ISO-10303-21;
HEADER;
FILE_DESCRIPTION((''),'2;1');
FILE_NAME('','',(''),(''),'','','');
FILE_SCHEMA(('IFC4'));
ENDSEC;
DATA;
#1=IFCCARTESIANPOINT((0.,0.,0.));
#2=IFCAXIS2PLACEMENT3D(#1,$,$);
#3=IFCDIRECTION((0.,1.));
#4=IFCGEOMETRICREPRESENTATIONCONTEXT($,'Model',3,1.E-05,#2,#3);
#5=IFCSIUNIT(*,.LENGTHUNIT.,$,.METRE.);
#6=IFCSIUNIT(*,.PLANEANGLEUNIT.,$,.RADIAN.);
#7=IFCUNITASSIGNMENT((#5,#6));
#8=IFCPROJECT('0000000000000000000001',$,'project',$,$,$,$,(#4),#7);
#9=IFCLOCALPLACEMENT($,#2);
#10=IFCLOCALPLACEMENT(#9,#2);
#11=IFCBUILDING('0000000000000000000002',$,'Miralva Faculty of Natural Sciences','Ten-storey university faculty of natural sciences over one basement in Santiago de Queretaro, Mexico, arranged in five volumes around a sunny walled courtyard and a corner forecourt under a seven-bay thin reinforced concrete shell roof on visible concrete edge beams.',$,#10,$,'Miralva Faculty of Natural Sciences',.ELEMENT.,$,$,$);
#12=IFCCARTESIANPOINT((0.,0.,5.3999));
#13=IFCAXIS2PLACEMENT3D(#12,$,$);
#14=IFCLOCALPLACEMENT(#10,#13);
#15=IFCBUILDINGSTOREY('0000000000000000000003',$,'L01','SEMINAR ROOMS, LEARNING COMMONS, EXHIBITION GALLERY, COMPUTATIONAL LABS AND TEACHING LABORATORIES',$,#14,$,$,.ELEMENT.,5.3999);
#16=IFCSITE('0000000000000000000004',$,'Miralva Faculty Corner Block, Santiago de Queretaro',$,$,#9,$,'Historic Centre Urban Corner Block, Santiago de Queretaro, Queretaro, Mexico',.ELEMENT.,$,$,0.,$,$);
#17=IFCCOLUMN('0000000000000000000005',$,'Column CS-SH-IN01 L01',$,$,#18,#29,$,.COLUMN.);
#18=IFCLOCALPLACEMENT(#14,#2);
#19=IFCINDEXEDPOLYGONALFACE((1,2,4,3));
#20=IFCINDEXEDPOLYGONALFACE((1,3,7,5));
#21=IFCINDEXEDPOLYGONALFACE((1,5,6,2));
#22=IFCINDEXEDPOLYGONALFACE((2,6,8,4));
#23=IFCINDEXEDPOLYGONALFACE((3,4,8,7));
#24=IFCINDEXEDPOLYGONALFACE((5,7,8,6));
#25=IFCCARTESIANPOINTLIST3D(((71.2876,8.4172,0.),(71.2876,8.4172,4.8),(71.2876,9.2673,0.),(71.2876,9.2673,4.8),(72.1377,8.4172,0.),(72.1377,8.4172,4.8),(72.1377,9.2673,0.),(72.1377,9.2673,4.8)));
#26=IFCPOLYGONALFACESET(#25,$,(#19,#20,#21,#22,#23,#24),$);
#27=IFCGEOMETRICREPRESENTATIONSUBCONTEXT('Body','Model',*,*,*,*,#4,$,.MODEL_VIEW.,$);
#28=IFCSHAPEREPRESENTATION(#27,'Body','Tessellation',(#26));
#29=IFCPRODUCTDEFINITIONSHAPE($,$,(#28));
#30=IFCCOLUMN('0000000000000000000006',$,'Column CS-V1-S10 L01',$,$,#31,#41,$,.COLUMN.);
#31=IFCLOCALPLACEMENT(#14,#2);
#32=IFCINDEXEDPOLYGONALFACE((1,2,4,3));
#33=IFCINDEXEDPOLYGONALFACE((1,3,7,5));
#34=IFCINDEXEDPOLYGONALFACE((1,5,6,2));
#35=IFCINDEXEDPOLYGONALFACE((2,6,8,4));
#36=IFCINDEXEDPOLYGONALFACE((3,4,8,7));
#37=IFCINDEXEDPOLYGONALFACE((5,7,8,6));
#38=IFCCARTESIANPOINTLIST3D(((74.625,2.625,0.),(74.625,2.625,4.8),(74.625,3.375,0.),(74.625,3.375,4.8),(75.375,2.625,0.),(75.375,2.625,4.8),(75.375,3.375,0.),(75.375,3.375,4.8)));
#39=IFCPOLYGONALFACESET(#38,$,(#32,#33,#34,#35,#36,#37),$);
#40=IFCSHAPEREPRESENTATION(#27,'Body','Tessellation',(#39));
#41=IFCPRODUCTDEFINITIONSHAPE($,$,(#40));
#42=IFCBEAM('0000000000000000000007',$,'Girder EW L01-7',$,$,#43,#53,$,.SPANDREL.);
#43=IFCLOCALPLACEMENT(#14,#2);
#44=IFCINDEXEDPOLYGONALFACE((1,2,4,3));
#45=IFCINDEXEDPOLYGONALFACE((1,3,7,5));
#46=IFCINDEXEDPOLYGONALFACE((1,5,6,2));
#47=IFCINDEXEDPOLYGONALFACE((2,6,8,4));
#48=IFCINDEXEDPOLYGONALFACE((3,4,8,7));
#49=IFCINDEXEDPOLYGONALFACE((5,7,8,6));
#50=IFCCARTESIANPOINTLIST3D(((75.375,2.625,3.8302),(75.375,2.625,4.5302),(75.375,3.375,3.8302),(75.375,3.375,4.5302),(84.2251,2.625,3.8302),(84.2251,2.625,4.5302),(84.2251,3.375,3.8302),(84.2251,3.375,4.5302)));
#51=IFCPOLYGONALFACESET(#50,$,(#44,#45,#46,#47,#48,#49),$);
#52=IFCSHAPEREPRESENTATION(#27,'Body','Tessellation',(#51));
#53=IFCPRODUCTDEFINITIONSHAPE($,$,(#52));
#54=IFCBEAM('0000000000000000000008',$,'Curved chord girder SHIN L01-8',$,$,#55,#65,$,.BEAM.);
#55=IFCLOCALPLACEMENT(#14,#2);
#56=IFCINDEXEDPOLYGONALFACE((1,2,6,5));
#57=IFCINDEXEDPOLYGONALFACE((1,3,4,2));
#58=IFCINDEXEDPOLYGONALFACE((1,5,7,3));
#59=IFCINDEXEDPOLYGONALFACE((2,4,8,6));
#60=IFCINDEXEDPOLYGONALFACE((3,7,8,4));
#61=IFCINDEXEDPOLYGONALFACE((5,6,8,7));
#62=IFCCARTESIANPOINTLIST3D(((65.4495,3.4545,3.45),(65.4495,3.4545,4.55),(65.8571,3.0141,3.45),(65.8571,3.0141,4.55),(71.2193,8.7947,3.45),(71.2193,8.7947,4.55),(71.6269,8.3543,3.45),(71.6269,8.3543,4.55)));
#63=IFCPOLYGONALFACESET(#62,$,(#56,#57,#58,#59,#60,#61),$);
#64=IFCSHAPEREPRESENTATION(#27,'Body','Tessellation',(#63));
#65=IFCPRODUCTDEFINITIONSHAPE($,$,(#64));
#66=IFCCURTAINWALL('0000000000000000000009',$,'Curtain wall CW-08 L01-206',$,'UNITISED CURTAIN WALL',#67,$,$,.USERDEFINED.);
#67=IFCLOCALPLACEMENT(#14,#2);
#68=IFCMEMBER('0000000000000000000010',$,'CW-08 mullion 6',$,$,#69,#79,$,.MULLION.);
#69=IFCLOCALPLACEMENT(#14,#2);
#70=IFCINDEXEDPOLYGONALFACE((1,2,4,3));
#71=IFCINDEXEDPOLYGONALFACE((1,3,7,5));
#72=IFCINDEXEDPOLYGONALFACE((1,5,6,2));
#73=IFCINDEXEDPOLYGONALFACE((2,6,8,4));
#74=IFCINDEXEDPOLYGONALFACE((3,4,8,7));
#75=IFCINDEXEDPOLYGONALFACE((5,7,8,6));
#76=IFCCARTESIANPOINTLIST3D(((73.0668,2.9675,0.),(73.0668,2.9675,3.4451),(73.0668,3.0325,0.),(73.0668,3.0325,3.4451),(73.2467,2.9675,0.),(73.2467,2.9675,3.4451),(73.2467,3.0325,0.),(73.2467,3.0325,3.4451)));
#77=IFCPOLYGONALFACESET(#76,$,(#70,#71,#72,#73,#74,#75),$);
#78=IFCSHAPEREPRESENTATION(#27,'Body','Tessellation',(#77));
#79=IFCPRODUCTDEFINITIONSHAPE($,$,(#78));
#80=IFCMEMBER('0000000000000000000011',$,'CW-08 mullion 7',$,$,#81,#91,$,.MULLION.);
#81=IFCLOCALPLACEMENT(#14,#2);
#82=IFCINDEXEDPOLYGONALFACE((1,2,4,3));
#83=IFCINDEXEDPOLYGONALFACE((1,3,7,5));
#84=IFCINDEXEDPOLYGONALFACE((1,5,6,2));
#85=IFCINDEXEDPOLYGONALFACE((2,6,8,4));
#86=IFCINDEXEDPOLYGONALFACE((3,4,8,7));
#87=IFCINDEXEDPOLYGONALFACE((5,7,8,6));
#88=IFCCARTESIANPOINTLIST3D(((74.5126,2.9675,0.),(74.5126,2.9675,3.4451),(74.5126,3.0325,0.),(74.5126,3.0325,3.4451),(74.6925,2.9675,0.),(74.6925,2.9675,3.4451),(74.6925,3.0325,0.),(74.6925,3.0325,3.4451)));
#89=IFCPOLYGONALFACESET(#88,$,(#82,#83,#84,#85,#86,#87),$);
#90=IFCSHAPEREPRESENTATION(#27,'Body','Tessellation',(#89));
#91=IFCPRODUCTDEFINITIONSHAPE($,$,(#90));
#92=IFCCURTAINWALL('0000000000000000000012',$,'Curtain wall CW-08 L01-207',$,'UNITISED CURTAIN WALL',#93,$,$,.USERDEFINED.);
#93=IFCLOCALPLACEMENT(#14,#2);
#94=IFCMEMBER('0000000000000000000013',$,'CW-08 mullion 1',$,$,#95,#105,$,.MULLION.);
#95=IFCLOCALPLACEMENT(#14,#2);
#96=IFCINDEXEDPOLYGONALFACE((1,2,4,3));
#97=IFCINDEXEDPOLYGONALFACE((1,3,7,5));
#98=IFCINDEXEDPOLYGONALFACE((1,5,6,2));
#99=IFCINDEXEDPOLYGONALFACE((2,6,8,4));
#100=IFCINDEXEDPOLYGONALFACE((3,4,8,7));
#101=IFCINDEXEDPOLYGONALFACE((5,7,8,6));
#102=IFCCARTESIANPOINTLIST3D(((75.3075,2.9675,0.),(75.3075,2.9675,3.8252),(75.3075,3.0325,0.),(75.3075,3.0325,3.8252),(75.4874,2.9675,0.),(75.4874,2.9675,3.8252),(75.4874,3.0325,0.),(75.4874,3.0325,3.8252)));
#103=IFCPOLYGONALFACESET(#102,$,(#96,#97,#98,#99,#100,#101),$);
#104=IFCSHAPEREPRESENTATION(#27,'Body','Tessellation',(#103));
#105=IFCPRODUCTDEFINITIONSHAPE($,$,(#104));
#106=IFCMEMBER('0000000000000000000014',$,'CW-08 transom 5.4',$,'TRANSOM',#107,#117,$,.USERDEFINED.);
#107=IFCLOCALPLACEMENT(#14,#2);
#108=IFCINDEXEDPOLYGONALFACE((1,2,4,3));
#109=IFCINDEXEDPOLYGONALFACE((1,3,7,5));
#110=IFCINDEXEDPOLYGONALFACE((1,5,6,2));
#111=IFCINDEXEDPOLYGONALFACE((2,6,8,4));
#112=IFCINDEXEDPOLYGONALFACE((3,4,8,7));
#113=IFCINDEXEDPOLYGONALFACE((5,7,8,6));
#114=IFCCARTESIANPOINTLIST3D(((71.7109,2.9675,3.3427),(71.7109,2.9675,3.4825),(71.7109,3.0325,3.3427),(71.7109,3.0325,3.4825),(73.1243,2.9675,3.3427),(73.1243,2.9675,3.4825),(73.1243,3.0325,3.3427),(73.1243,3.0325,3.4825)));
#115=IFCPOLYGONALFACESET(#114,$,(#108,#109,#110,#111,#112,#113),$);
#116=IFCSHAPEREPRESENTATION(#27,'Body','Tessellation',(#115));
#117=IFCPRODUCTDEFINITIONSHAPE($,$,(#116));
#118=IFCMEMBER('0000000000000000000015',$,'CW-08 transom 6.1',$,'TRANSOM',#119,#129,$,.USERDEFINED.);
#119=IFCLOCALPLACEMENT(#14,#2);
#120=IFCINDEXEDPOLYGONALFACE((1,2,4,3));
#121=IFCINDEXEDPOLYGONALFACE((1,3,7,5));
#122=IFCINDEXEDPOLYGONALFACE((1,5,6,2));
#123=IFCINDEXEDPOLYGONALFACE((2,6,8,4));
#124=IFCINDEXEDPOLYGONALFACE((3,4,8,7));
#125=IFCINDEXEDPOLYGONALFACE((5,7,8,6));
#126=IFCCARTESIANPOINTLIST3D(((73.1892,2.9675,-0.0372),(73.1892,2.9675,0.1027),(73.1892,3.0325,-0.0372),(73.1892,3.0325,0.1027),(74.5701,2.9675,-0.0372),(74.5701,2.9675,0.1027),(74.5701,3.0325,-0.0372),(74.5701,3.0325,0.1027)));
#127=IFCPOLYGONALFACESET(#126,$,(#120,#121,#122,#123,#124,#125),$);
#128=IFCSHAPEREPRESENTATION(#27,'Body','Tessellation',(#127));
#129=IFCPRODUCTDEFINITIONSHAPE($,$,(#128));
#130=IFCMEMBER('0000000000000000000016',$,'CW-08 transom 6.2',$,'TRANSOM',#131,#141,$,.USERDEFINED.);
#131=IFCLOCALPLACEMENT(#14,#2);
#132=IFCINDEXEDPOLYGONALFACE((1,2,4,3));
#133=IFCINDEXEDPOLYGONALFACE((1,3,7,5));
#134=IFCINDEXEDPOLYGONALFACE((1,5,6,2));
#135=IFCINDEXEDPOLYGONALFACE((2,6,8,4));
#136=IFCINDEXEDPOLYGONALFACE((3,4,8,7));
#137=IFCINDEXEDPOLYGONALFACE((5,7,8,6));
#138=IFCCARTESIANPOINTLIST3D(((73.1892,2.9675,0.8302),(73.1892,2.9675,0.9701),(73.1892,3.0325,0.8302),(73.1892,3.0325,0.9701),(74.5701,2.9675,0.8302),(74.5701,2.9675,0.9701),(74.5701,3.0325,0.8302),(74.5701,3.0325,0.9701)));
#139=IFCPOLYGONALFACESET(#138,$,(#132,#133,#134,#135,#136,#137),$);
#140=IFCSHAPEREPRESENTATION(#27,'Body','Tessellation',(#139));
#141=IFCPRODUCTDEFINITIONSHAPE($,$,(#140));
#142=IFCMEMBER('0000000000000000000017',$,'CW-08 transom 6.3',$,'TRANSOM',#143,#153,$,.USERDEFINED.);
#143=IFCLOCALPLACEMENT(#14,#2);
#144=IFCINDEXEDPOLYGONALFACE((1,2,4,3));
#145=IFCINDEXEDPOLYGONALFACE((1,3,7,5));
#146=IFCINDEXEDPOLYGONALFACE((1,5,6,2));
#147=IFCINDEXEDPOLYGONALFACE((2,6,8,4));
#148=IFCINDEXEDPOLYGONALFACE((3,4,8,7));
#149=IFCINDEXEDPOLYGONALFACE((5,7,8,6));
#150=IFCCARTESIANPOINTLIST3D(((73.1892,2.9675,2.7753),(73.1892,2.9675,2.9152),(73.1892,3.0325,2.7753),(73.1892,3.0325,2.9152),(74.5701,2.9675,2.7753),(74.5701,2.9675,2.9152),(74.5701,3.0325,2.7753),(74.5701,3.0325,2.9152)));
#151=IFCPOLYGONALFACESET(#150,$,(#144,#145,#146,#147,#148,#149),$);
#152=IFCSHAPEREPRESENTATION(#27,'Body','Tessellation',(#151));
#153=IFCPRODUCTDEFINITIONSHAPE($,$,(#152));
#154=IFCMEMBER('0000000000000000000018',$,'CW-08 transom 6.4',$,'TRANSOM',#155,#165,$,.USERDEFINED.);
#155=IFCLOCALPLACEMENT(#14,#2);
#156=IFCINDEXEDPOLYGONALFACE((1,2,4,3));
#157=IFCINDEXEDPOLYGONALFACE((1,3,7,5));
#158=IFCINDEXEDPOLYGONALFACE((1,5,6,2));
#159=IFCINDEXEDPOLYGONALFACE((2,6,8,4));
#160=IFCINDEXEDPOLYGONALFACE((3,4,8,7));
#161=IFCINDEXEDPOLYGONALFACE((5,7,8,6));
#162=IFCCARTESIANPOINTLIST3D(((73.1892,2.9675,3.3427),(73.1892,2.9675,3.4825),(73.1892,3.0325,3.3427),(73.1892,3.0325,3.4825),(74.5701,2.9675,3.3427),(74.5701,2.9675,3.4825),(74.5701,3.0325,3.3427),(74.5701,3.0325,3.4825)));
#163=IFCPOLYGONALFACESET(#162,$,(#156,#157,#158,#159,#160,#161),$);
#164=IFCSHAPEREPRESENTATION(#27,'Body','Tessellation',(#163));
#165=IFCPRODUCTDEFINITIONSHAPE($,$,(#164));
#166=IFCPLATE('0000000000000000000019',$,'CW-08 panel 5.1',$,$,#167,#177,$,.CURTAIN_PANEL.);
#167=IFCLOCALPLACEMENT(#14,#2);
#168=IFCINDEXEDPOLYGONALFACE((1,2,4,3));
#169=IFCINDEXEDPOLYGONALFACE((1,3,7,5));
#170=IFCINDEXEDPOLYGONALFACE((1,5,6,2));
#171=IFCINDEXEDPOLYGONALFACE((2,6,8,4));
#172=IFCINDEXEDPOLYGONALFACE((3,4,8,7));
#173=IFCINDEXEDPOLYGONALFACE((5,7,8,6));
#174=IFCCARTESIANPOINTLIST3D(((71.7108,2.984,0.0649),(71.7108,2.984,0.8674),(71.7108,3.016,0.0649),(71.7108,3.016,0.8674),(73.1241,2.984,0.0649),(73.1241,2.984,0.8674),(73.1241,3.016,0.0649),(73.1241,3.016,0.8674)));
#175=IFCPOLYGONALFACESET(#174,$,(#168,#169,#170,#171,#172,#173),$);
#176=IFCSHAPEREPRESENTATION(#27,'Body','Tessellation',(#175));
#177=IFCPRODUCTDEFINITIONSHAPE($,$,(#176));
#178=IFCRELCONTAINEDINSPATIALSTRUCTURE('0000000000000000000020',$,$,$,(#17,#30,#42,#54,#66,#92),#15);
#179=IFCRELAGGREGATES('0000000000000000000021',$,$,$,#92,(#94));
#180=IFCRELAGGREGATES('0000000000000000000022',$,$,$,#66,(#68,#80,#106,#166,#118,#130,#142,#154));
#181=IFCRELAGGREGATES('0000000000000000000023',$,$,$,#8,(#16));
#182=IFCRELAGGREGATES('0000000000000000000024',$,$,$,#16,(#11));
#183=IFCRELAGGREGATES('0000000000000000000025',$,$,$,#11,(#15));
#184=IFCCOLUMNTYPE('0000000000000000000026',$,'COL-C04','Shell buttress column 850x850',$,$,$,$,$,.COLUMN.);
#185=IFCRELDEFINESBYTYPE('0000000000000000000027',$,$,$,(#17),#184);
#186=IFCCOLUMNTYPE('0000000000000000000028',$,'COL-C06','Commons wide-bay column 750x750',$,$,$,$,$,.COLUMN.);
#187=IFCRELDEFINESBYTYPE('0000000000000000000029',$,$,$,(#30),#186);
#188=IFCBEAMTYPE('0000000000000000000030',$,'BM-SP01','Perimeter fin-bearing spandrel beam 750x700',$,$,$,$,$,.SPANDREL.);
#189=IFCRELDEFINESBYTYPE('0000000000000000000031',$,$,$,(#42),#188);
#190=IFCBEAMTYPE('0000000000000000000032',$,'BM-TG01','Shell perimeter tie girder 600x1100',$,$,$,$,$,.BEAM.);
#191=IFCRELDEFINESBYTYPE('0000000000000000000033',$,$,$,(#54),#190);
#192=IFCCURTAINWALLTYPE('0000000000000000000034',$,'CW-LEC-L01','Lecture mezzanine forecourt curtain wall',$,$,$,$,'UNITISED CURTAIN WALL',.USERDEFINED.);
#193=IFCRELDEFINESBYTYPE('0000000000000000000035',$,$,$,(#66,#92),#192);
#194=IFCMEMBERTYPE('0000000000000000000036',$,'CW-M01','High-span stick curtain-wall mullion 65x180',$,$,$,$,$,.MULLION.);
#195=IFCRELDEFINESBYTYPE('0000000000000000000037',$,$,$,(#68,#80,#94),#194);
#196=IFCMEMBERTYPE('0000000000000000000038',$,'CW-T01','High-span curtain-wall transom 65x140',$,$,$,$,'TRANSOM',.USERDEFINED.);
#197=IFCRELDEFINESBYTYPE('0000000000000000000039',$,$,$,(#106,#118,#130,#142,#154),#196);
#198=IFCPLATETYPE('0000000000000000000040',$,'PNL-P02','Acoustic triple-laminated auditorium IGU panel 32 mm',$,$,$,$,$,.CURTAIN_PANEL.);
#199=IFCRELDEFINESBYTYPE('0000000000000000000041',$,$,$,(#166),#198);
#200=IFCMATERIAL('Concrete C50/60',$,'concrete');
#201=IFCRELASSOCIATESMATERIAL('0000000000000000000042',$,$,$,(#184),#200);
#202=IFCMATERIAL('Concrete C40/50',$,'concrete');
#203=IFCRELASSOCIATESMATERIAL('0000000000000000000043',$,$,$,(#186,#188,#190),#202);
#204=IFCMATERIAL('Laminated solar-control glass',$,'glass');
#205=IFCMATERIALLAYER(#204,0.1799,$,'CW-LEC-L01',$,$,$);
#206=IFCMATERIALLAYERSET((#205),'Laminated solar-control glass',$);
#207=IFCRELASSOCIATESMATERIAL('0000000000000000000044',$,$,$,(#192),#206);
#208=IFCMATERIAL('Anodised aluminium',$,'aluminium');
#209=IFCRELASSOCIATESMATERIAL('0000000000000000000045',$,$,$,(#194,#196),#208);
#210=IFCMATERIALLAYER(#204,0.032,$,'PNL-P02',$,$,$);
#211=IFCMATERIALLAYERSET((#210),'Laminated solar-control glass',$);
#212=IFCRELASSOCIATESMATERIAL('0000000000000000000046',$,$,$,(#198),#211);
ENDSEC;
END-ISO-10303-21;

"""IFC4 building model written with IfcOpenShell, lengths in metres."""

from ifc_helpers import new_model, si_unit, direction, frame, origin, origin_2d, place, context, subcontext, project, spatial, rectangle, extrude, material, layer, layer_set, material_profile, profile_set, type_object, element, aggregate, save


model = new_model("IFC4")

# Units and contexts
model_context = context("Model", 3, precision=1e-05, world=origin(), true_north=direction((0.0, 1.0)))
body_context = subcontext(model_context, "Body", "Model", "MODEL_VIEW")
ifc_project = project(units=[si_unit("LENGTHUNIT", "METRE"), si_unit("PLANEANGLEUNIT", "RADIAN")], contexts=[model_context])

# Site, building, storey
site_placement = place(None, origin())
site = spatial("IfcSite", under=ifc_project, at=site_placement, Name="Miralva Faculty Corner Block, Santiago de Queretaro", LongName="Historic Centre Urban Corner Block, Santiago de Queretaro, Queretaro, Mexico", CompositionType="ELEMENT", RefElevation=0.0)
building_placement = place(site_placement, origin())
building = spatial("IfcBuilding", under=site, at=building_placement, Name="Miralva Faculty of Natural Sciences", Description="Ten-storey university faculty of natural sciences over one basement in Santiago de Queretaro, Mexico, arranged in five volumes around a sunny walled courtyard and a corner forecourt under a seven-bay thin reinforced concrete shell roof on visible concrete edge beams.", LongName="Miralva Faculty of Natural Sciences", CompositionType="ELEMENT")
storey_placement = place(building_placement, frame((0.0, 0.0, 5.3999)))
storey = spatial("IfcBuildingStorey", under=building, at=storey_placement, Name="L01", Description="SEMINAR ROOMS, LEARNING COMMONS, EXHIBITION GALLERY, COMPUTATIONAL LABS AND TEACHING LABORATORIES", CompositionType="ELEMENT", Elevation=5.3999)

# Columns
ifc_material_1 = material(Name="Concrete C50/60", Category="concrete")
ifc_material_profile_1 = material_profile(ifc_material_1, rectangle(XDim=0.8501, YDim=0.8501, at=origin_2d()), Name="RC 850x850")
ifc_profile_set_1 = profile_set([ifc_material_profile_1], Name="Concrete C50/60")
column_type_1 = type_object("IfcColumnType", Name="COL-C04", Description="Shell buttress column 850x850", PredefinedType="COLUMN", material=ifc_profile_set_1)
column_1_placement = place(storey_placement, frame((71.7126, 8.8423, 0.0), z_axis=(0.0, 0.0, 1.0), x_axis=(1.0, 0.0, 0.0)))
element("IfcColumn", 1, at=column_1_placement, inside=storey, type_object=column_type_1, Name="Column CS-SH-IN01 L01", PredefinedType="COLUMN", context=body_context, shape_type="SweptSolid", body=[
    extrude(rectangle(XDim=0.8501, YDim=0.8501, at=origin_2d()), origin(), (0.0, 0.0, 1.0), 4.8),
])
ifc_material_2 = material(Name="Concrete C40/50", Category="concrete")
ifc_material_profile_2 = material_profile(ifc_material_2, rectangle(XDim=0.75, YDim=0.75, at=origin_2d()), Name="RC 750x750")
ifc_profile_set_2 = profile_set([ifc_material_profile_2], Name="Concrete C40/50")
column_type_2 = type_object("IfcColumnType", Name="COL-C06", Description="Commons wide-bay column 750x750", PredefinedType="COLUMN", material=ifc_profile_set_2)
column_2_placement = place(storey_placement, frame((75.0, 3.0, 0.0), z_axis=(0.0, 0.0, 1.0), x_axis=(1.0, 0.0, 0.0)))
element("IfcColumn", 2, at=column_2_placement, inside=storey, type_object=column_type_2, Name="Column CS-V1-S10 L01", PredefinedType="COLUMN", context=body_context, shape_type="SweptSolid", body=[
    extrude(rectangle(XDim=0.75, YDim=0.75, at=origin_2d()), origin(), (0.0, 0.0, 1.0), 4.8),
])

# Beams
ifc_material_profile_3 = material_profile(ifc_material_2, rectangle(XDim=0.75, YDim=0.7, at=origin_2d()), Name="RC 750x700")
ifc_profile_set_3 = profile_set([ifc_material_profile_3], Name="Concrete C40/50")
beam_type_1 = type_object("IfcBeamType", Name="BM-SP01", Description="Perimeter fin-bearing spandrel beam 750x700", PredefinedType="SPANDREL", material=ifc_profile_set_3)
beam_1_placement = place(storey_placement, frame((75.375, 3.0, 4.1802), z_axis=(1.0, 0.0, 0.0), x_axis=(0.0, 1.0, 0.0)))
element("IfcBeam", 3, at=beam_1_placement, inside=storey, type_object=beam_type_1, Name="Girder EW L01-7", PredefinedType="SPANDREL", context=body_context, shape_type="SweptSolid", body=[
    extrude(rectangle(XDim=0.75, YDim=0.7, at=origin_2d()), origin(), (0.0, 0.0, 1.0), 8.8501),
])
ifc_material_profile_4 = material_profile(ifc_material_2, rectangle(XDim=0.6001, YDim=1.1001, at=origin_2d()), Name="RC 600x1100")
ifc_profile_set_4 = profile_set([ifc_material_profile_4], Name="Concrete C40/50")
beam_type_2 = type_object("IfcBeamType", Name="BM-TG01", Description="Shell perimeter tie girder 600x1100", PredefinedType="BEAM", material=ifc_profile_set_4)
beam_2_placement = place(storey_placement, frame((71.4231, 8.5745, 4.0), z_axis=(-0.733906, -0.679251, 0.0), x_axis=(0.679251, -0.733906, 0.0)))
element("IfcBeam", 4, at=beam_2_placement, inside=storey, type_object=beam_type_2, Name="Curved chord girder SHIN L01-8", PredefinedType="BEAM", context=body_context, shape_type="SweptSolid", body=[
    extrude(rectangle(XDim=0.6001, YDim=1.1001, at=origin_2d()), origin(), (0.0, 0.0, 1.0), 7.8618),
])

# Curtain wall, members
ifc_material_3 = material(Name="Laminated solar-control glass", Category="glass")
ifc_layer_1 = layer(ifc_material_3, 0.1799, Name="CW-LEC-L01")
ifc_layer_set_1 = layer_set([ifc_layer_1], Name="Laminated solar-control glass")
curtain_wall_type = type_object("IfcCurtainWallType", Name="CW-LEC-L01", Description="Lecture mezzanine forecourt curtain wall", ElementType="UNITISED CURTAIN WALL", PredefinedType="USERDEFINED", material=ifc_layer_set_1)
curtain_wall_1_placement = place(storey_placement, origin())
curtain_wall_1 = element("IfcCurtainWall", 5, at=curtain_wall_1_placement, inside=storey, type_object=curtain_wall_type, Name="Curtain wall CW-08 L01-206", ObjectType="UNITISED CURTAIN WALL", PredefinedType="USERDEFINED")
ifc_material_4 = material(Name="Anodised aluminium", Category="aluminium")
ifc_material_profile_5 = material_profile(ifc_material_4, rectangle(XDim=0.0649, YDim=0.1799, at=origin_2d()), Name="MULLION 65x180")
ifc_profile_set_5 = profile_set([ifc_material_profile_5], Name="Anodised aluminium")
member_type_1 = type_object("IfcMemberType", Name="CW-M01", Description="High-span stick curtain-wall mullion 65x180", PredefinedType="MULLION", material=ifc_profile_set_5)
member_1_placement = place(storey_placement, frame((73.1567, 3.0, 0.0), z_axis=(0.0, 0.0, 1.0), x_axis=(0.0, 1.0, 0.0)))
member_1 = element("IfcMember", 6, at=member_1_placement, type_object=member_type_1, Name="CW-08 mullion 6", PredefinedType="MULLION", context=body_context, shape_type="SweptSolid", body=[
    extrude(rectangle(XDim=0.0649, YDim=0.1799, at=origin_2d()), origin(), (0.0, 0.0, 1.0), 3.4451),
])
member_2_placement = place(storey_placement, frame((74.6025, 3.0, 0.0), z_axis=(0.0, 0.0, 1.0), x_axis=(0.0, 1.0, 0.0)))
member_2 = element("IfcMember", 7, at=member_2_placement, type_object=member_type_1, Name="CW-08 mullion 7", PredefinedType="MULLION", context=body_context, shape_type="SweptSolid", body=[
    extrude(rectangle(XDim=0.0649, YDim=0.1799, at=origin_2d()), origin(), (0.0, 0.0, 1.0), 3.4451),
])

# Curtain wall, member
curtain_wall_2_placement = place(storey_placement, origin())
curtain_wall_2 = element("IfcCurtainWall", 8, at=curtain_wall_2_placement, inside=storey, type_object=curtain_wall_type, Name="Curtain wall CW-08 L01-207", ObjectType="UNITISED CURTAIN WALL", PredefinedType="USERDEFINED")
member_3_placement = place(storey_placement, frame((75.3975, 3.0, 0.0), z_axis=(0.0, 0.0, 1.0), x_axis=(0.0, 1.0, 0.0)))
member_3 = element("IfcMember", 9, at=member_3_placement, type_object=member_type_1, Name="CW-08 mullion 1", PredefinedType="MULLION", context=body_context, shape_type="SweptSolid", body=[
    extrude(rectangle(XDim=0.0649, YDim=0.1799, at=origin_2d()), origin(), (0.0, 0.0, 1.0), 3.8252),
])
aggregate(curtain_wall_2, [member_3])

# Members
ifc_material_profile_6 = material_profile(ifc_material_4, rectangle(XDim=0.0649, YDim=0.1399, at=origin_2d()), Name="TRANSOM 65x140")
ifc_profile_set_6 = profile_set([ifc_material_profile_6], Name="Anodised aluminium")
member_type_2 = type_object("IfcMemberType", Name="CW-T01", Description="High-span curtain-wall transom 65x140", ElementType="TRANSOM", PredefinedType="USERDEFINED", material=ifc_profile_set_6)
member_4_placement = place(storey_placement, frame((71.7109, 3.0, 3.4126), z_axis=(1.0, 0.0, 0.0), x_axis=(0.0, 1.0, 0.0)))
member_4 = element("IfcMember", 10, at=member_4_placement, type_object=member_type_2, Name="CW-08 transom 5.4", ObjectType="TRANSOM", PredefinedType="USERDEFINED", context=body_context, shape_type="SweptSolid", body=[
    extrude(rectangle(XDim=0.0649, YDim=0.1399, at=origin_2d()), origin(), (0.0, 0.0, 1.0), 1.4133),
])
member_5_placement = place(storey_placement, frame((73.1892, 3.0, 0.0327), z_axis=(1.0, 0.0, 0.0), x_axis=(0.0, 1.0, 0.0)))
member_5 = element("IfcMember", 11, at=member_5_placement, type_object=member_type_2, Name="CW-08 transom 6.1", ObjectType="TRANSOM", PredefinedType="USERDEFINED", context=body_context, shape_type="SweptSolid", body=[
    extrude(rectangle(XDim=0.0649, YDim=0.1399, at=origin_2d()), origin(), (0.0, 0.0, 1.0), 1.3809),
])
member_6_placement = place(storey_placement, frame((73.1892, 3.0, 0.9001), z_axis=(1.0, 0.0, 0.0), x_axis=(0.0, 1.0, 0.0)))
member_6 = element("IfcMember", 12, at=member_6_placement, type_object=member_type_2, Name="CW-08 transom 6.2", ObjectType="TRANSOM", PredefinedType="USERDEFINED", context=body_context, shape_type="SweptSolid", body=[
    extrude(rectangle(XDim=0.0649, YDim=0.1399, at=origin_2d()), origin(), (0.0, 0.0, 1.0), 1.3809),
])
member_7_placement = place(storey_placement, frame((73.1892, 3.0, 2.8452), z_axis=(1.0, 0.0, 0.0), x_axis=(0.0, 1.0, 0.0)))
member_7 = element("IfcMember", 13, at=member_7_placement, type_object=member_type_2, Name="CW-08 transom 6.3", ObjectType="TRANSOM", PredefinedType="USERDEFINED", context=body_context, shape_type="SweptSolid", body=[
    extrude(rectangle(XDim=0.0649, YDim=0.1399, at=origin_2d()), origin(), (0.0, 0.0, 1.0), 1.3809),
])
member_8_placement = place(storey_placement, frame((73.1892, 3.0, 3.4126), z_axis=(1.0, 0.0, 0.0), x_axis=(0.0, 1.0, 0.0)))
member_8 = element("IfcMember", 14, at=member_8_placement, type_object=member_type_2, Name="CW-08 transom 6.4", ObjectType="TRANSOM", PredefinedType="USERDEFINED", context=body_context, shape_type="SweptSolid", body=[
    extrude(rectangle(XDim=0.0649, YDim=0.1399, at=origin_2d()), origin(), (0.0, 0.0, 1.0), 1.3809),
])

# Plate
ifc_layer_2 = layer(ifc_material_3, 0.032, Name="PNL-P02")
ifc_layer_set_2 = layer_set([ifc_layer_2], Name="Laminated solar-control glass")
plate_type = type_object("IfcPlateType", Name="PNL-P02", Description="Acoustic triple-laminated auditorium IGU panel 32 mm", PredefinedType="CURTAIN_PANEL", material=ifc_layer_set_2)
plate_1_placement = place(storey_placement, frame((72.4175, 3.0, 0.0649), z_axis=(0.0, 0.0, 1.0), x_axis=(1.0, 0.0, 0.0)))
plate_1 = element("IfcPlate", 15, at=plate_1_placement, type_object=plate_type, Name="CW-08 panel 5.1", PredefinedType="CURTAIN_PANEL", context=body_context, shape_type="SweptSolid", body=[
    extrude(rectangle(XDim=1.4133, YDim=0.032, at=origin_2d()), origin(), (0.0, 0.0, 1.0), 0.8025),
])
aggregate(curtain_wall_1, [member_1, member_2, member_4, plate_1, member_5, member_6, member_7, member_8])

save(model, "model.ifc")
